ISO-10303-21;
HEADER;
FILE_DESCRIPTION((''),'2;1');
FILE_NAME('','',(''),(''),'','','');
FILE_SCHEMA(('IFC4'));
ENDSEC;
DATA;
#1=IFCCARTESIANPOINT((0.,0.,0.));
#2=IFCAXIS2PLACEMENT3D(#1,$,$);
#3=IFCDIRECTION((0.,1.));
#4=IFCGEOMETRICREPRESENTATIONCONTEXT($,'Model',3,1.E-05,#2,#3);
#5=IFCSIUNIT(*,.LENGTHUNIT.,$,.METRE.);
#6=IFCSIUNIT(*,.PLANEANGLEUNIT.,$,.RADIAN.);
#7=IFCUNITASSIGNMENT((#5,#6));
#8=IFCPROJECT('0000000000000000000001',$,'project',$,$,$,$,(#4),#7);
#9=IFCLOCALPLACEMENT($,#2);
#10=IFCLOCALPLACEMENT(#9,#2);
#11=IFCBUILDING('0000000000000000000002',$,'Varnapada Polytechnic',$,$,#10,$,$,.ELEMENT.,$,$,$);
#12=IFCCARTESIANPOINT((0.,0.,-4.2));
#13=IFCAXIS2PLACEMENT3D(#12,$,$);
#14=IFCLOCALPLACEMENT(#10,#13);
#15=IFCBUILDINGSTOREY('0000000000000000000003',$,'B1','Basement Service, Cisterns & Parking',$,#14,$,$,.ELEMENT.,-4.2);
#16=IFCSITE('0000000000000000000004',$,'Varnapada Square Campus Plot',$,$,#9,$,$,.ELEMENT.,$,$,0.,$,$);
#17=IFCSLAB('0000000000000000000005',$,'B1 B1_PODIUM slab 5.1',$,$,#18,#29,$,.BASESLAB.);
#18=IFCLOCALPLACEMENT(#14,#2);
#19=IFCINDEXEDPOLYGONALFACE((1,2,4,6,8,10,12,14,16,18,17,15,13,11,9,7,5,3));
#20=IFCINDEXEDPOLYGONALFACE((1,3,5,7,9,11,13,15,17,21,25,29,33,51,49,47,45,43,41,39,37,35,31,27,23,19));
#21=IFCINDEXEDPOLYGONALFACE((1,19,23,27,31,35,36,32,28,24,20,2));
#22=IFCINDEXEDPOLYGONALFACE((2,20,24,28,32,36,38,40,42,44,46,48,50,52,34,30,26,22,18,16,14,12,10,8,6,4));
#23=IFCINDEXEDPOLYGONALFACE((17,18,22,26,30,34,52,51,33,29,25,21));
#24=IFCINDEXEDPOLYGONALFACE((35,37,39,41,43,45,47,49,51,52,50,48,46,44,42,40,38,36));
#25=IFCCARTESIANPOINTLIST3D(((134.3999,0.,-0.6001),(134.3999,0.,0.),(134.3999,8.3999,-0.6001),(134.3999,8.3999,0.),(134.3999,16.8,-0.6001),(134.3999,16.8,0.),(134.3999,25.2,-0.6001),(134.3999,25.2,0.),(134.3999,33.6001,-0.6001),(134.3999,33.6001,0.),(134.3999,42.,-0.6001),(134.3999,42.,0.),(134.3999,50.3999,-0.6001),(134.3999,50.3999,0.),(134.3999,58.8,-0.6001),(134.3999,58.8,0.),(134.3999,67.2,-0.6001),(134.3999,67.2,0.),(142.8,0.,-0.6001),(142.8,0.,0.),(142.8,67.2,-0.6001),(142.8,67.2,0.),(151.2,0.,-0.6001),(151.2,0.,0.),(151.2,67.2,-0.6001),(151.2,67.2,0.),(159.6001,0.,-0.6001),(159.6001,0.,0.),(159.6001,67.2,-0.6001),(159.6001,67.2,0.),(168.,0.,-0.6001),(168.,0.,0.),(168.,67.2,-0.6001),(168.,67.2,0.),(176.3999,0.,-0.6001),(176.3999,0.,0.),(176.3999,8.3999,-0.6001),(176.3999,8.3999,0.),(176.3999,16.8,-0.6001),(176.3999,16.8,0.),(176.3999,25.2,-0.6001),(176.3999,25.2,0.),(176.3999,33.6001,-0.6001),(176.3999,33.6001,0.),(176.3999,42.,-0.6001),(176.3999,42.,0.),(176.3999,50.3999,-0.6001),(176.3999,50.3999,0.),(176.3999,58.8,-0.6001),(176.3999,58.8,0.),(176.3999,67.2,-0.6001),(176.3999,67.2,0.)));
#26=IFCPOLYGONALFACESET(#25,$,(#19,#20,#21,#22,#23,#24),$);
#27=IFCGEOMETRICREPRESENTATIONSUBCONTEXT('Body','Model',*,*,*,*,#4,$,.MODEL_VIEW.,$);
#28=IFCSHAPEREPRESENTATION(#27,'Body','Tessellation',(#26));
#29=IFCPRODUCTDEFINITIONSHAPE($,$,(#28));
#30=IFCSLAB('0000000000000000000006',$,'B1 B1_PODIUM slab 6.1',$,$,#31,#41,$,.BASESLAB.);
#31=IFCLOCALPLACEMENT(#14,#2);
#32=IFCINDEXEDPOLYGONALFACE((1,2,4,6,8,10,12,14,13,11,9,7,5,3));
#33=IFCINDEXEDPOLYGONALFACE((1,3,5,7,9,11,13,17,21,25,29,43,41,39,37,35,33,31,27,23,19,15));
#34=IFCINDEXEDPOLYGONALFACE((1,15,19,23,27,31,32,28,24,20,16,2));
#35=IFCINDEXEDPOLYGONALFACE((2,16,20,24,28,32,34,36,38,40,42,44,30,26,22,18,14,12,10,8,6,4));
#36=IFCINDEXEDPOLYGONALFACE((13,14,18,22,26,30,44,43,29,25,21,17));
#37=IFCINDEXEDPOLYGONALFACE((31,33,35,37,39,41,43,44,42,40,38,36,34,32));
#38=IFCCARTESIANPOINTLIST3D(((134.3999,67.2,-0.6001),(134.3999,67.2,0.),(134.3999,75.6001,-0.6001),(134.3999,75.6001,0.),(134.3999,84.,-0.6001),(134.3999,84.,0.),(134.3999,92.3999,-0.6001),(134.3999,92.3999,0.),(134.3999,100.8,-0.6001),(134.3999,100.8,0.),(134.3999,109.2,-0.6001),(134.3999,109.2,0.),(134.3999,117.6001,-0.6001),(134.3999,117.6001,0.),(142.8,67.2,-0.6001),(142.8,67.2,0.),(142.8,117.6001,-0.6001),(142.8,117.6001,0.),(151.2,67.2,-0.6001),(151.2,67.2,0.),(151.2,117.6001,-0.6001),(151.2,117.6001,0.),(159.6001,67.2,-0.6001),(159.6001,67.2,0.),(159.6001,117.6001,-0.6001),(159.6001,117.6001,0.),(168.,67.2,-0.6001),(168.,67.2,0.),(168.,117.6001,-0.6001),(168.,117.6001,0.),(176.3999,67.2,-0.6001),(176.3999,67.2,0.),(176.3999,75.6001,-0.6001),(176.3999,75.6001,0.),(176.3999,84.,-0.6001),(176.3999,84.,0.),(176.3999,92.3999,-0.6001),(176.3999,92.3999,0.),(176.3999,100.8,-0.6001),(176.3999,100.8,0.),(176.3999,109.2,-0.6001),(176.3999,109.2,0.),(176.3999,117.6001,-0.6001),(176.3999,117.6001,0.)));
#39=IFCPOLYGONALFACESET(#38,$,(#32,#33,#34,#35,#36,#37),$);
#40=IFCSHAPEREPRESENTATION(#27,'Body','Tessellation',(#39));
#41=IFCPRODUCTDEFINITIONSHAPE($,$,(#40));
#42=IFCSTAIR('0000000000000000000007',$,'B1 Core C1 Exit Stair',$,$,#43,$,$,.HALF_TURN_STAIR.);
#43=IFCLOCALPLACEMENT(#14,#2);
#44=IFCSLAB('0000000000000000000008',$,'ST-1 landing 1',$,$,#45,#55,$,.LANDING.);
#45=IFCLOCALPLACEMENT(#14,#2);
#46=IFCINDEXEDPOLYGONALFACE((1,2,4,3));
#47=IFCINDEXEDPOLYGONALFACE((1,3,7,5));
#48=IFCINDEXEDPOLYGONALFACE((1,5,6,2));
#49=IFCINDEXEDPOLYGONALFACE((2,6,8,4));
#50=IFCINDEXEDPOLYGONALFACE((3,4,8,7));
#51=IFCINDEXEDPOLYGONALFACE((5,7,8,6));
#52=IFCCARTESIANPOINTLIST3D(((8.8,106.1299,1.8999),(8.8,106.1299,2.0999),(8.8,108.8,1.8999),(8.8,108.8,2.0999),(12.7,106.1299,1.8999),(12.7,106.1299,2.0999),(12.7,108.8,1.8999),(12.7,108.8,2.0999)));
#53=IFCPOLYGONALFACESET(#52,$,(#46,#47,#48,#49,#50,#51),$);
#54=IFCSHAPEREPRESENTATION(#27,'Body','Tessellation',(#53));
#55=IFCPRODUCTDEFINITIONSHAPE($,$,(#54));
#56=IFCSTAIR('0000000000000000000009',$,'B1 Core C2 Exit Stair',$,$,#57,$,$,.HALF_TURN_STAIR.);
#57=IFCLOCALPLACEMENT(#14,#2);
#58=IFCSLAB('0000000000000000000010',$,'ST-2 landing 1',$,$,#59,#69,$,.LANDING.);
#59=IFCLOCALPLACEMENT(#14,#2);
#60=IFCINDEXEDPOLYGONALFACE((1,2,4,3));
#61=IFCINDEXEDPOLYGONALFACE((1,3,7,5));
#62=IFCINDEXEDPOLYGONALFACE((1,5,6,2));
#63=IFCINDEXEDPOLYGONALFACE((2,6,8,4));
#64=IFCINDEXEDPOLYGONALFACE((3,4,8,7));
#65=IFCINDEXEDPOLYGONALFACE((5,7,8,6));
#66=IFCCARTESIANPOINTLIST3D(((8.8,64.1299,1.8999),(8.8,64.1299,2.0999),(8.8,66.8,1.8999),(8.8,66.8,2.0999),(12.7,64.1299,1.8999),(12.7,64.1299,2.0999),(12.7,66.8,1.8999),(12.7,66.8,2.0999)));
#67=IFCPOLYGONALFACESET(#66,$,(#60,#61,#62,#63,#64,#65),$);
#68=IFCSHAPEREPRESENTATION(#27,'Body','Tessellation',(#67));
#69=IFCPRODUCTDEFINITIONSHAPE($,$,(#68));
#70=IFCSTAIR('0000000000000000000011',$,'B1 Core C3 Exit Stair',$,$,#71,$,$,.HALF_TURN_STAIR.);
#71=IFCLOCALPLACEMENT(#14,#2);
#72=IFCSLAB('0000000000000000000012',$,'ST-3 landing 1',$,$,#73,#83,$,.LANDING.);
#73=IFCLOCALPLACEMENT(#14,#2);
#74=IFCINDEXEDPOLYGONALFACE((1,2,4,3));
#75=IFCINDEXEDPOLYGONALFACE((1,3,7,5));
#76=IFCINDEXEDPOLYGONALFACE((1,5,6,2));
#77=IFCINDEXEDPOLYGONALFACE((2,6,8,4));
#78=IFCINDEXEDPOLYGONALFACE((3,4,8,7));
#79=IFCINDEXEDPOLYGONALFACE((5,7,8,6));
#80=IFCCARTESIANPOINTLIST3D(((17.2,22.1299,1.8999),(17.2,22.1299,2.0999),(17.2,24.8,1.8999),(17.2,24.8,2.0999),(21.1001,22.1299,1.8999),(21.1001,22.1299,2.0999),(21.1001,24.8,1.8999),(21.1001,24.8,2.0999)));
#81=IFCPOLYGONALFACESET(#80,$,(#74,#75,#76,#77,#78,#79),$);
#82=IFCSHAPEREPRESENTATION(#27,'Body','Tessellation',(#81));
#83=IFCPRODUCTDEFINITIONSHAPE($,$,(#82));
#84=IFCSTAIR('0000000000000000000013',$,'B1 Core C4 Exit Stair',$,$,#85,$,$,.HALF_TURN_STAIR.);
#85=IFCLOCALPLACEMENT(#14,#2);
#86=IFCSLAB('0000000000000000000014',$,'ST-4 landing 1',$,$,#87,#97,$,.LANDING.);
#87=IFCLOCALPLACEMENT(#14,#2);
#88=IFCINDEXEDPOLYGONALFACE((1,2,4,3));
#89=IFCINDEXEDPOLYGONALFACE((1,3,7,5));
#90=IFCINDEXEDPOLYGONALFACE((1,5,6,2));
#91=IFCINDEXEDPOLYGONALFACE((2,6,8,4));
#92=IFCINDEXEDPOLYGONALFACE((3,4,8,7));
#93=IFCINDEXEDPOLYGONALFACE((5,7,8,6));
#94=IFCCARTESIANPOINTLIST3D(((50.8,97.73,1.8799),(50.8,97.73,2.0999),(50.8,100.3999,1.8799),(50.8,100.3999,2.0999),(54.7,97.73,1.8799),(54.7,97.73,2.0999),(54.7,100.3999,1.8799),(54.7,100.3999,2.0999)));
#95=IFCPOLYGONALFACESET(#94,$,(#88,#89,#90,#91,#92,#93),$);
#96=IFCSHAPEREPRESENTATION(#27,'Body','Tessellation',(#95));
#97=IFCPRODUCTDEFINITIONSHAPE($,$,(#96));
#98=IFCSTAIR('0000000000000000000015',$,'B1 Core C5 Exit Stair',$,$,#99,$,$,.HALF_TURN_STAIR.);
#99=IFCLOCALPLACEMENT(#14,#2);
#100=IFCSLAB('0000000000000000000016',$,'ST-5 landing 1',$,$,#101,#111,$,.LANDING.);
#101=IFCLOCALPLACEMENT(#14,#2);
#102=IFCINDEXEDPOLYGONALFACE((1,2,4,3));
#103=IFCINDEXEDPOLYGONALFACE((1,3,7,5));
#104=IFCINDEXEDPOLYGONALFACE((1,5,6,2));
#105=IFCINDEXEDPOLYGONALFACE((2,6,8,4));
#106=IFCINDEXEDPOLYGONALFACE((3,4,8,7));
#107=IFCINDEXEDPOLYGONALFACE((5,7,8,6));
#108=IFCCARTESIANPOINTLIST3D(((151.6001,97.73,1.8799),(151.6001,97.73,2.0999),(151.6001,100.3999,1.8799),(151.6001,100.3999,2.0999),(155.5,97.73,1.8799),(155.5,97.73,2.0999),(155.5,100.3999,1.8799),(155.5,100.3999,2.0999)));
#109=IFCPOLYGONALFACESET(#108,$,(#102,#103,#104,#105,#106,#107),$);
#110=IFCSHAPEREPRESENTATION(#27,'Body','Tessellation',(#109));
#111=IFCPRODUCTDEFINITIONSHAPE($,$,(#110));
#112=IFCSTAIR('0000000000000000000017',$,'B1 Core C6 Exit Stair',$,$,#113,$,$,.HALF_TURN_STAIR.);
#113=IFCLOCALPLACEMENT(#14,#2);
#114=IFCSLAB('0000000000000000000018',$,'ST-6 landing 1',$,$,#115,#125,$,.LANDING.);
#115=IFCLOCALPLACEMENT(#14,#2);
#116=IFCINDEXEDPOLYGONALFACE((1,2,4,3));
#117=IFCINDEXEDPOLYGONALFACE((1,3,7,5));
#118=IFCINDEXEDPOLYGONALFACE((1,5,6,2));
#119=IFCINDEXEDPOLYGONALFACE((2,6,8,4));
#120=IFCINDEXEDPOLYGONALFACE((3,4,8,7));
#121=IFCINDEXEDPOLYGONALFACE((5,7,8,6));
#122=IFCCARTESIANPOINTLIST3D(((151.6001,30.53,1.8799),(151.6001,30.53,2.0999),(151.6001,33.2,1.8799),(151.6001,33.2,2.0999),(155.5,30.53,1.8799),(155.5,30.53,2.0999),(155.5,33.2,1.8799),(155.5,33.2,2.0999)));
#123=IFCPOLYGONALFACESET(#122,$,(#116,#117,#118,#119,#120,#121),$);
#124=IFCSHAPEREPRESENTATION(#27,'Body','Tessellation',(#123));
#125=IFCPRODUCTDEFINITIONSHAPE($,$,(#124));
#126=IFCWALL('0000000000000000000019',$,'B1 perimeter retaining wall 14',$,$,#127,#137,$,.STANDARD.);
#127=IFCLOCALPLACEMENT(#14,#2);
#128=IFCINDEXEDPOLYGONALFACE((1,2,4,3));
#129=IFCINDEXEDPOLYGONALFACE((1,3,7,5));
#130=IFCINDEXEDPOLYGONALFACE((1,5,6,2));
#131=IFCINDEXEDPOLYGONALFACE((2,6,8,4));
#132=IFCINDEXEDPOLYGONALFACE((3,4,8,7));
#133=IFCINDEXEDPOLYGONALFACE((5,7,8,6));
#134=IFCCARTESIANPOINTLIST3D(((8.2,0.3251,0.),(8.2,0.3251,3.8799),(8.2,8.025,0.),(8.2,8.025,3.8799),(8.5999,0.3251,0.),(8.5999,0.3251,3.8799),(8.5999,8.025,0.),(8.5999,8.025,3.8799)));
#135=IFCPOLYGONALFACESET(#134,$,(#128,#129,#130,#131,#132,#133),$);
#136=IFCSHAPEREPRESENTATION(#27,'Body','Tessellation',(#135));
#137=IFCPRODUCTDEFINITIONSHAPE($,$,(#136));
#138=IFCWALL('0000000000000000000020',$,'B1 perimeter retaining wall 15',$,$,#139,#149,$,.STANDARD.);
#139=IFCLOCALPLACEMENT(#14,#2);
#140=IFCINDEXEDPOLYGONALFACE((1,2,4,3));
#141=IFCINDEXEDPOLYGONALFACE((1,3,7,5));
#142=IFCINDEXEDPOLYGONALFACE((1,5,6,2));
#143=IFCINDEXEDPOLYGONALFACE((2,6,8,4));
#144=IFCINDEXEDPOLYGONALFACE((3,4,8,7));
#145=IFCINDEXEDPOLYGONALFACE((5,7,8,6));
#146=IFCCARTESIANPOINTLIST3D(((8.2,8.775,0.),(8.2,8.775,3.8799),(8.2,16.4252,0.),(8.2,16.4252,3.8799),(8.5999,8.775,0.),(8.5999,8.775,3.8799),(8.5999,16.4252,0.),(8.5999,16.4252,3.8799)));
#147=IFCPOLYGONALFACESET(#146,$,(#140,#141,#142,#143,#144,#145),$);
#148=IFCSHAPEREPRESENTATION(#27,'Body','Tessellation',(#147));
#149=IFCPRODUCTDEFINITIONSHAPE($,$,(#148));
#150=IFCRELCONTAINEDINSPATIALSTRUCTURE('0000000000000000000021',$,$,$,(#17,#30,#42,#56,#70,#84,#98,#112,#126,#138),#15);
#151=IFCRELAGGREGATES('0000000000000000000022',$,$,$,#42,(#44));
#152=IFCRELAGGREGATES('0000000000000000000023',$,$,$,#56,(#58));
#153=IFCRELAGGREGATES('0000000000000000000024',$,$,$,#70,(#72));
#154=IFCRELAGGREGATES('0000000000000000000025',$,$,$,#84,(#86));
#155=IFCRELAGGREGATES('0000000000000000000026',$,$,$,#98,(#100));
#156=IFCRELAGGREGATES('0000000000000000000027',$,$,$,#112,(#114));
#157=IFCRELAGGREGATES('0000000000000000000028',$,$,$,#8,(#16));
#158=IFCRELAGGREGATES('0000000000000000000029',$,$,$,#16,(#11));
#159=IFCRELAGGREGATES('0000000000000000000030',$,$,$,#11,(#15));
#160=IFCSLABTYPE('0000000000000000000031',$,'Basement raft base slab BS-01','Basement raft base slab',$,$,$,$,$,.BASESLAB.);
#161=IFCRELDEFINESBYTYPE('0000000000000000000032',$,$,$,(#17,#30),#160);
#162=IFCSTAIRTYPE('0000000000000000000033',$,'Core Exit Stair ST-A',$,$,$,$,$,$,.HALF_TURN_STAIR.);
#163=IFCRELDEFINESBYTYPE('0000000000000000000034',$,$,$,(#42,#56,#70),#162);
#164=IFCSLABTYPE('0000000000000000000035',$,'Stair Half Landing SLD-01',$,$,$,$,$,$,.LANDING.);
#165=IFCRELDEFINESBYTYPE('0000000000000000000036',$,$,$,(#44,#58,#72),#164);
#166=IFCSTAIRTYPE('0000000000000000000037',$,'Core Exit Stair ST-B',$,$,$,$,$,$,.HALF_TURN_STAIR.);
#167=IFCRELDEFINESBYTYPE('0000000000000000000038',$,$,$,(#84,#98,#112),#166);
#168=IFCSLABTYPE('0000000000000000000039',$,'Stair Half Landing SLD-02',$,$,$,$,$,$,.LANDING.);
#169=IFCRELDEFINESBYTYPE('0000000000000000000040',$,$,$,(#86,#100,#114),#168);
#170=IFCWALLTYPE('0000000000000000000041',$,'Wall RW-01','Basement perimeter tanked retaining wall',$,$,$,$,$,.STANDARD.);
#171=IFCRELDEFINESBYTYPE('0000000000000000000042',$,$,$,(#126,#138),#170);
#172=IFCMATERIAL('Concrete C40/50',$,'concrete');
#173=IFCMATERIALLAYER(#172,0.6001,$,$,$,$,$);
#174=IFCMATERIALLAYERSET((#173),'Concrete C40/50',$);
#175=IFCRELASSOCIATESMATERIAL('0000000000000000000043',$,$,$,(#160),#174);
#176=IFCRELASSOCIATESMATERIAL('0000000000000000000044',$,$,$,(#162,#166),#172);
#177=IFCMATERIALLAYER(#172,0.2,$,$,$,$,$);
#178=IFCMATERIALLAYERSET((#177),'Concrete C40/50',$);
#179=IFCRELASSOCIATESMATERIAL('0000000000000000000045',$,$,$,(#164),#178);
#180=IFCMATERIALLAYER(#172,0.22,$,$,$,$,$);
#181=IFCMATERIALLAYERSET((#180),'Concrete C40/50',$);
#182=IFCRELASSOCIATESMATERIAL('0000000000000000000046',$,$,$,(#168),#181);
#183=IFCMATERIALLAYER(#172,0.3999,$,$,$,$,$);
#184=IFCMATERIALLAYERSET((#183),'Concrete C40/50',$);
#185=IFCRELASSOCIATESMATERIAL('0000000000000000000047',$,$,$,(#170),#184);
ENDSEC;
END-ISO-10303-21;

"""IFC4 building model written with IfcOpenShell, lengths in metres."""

from ifc_helpers import new_model, si_unit, direction, frame, frame_2d, origin, place, context, subcontext, project, spatial, polyline, rectangle, outline, extrude, material, layer, layer_set, type_object, element, aggregate, save


model = new_model("IFC4")

# Units and contexts
model_context = context("Model", 3, precision=1e-05, world=origin(), true_north=direction((0.0, 1.0)))
body_context = subcontext(model_context, "Body", "Model", "MODEL_VIEW")
ifc_project = project(units=[si_unit("LENGTHUNIT", "METRE"), si_unit("PLANEANGLEUNIT", "RADIAN")], contexts=[model_context])

# Site, building, storey
site_placement = place(None, origin())
site = spatial("IfcSite", under=ifc_project, at=site_placement, Name="Varnapada Square Campus Plot", CompositionType="ELEMENT", RefElevation=0.0)
building_placement = place(site_placement, origin())
building = spatial("IfcBuilding", under=site, at=building_placement, Name="Varnapada Polytechnic", CompositionType="ELEMENT")
storey_placement = place(building_placement, frame((0.0, 0.0, -4.2)))
storey = spatial("IfcBuildingStorey", under=building, at=storey_placement, Name="B1", Description="Basement Service, Cisterns & Parking", CompositionType="ELEMENT", Elevation=-4.2)

# Shared definitions
ifc_material = material(Name="Concrete C40/50", Category="concrete")

# Slabs
ifc_layer_1 = layer(ifc_material, 0.6001)
ifc_layer_set_1 = layer_set([ifc_layer_1], Name="Concrete C40/50")
slab_type_1 = type_object("IfcSlabType", Name="Basement raft base slab BS-01", Description="Basement raft base slab", PredefinedType="BASESLAB", material=ifc_layer_set_1)
slab_1_placement = place(storey_placement, frame((0.0, 0.0, -0.6001)))
element("IfcSlab", 1, at=slab_1_placement, inside=storey, type_object=slab_type_1, Name="B1 B1_PODIUM slab 5.1", PredefinedType="BASESLAB", context=body_context, shape_type="SweptSolid", body=[
    extrude(outline(polyline([(134.3999, 33.6001), (134.3999, 42.0), (134.3999, 50.3999), (134.3999, 58.8), (134.3999, 67.2), (142.8, 67.2), (151.2, 67.2), (159.6001, 67.2), (168.0, 67.2), (176.3999, 67.2), (176.3999, 58.8), (176.3999, 50.3999), (176.3999, 42.0), (176.3999, 33.6001), (176.3999, 25.2), (176.3999, 16.8), (176.3999, 8.3999), (176.3999, 0.0), (168.0, 0.0), (159.6001, 0.0), (151.2, 0.0), (142.8, 0.0), (134.3999, 0.0), (134.3999, 8.3999), (134.3999, 16.8), (134.3999, 25.2), (134.3999, 33.6001)])), origin(), (0.0, 0.0, 1.0), 0.6001),
])
slab_2_placement = place(storey_placement, frame((0.0, 0.0, -0.6001)))
element("IfcSlab", 2, at=slab_2_placement, inside=storey, type_object=slab_type_1, Name="B1 B1_PODIUM slab 6.1", PredefinedType="BASESLAB", context=body_context, shape_type="SweptSolid", body=[
    extrude(outline(polyline([(134.3999, 92.3999), (134.3999, 100.8), (134.3999, 109.2), (134.3999, 117.6001), (142.8, 117.6001), (151.2, 117.6001), (159.6001, 117.6001), (168.0, 117.6001), (176.3999, 117.6001), (176.3999, 109.2), (176.3999, 100.8), (176.3999, 92.3999), (176.3999, 84.0), (176.3999, 75.6001), (176.3999, 67.2), (168.0, 67.2), (159.6001, 67.2), (151.2, 67.2), (142.8, 67.2), (134.3999, 67.2), (134.3999, 75.6001), (134.3999, 84.0), (134.3999, 92.3999)])), origin(), (0.0, 0.0, 1.0), 0.6001),
])

# Stairs, slabs
stair_type_1 = type_object("IfcStairType", Name="Core Exit Stair ST-A", PredefinedType="HALF_TURN_STAIR", material=ifc_material)
stair_1_placement = place(storey_placement, origin())
stair_1 = element("IfcStair", 3, at=stair_1_placement, inside=storey, type_object=stair_type_1, Name="B1 Core C1 Exit Stair", PredefinedType="HALF_TURN_STAIR")
ifc_layer_2 = layer(ifc_material, 0.2)
ifc_layer_set_2 = layer_set([ifc_layer_2], Name="Concrete C40/50")
slab_type_2 = type_object("IfcSlabType", Name="Stair Half Landing SLD-01", PredefinedType="LANDING", material=ifc_layer_set_2)
slab_3_placement = place(storey_placement, frame((0.0, 0.0, 1.8999)))
slab_3 = element("IfcSlab", 4, at=slab_3_placement, type_object=slab_type_2, Name="ST-1 landing 1", PredefinedType="LANDING", context=body_context, shape_type="SweptSolid", body=[
    extrude(outline(polyline([(12.7, 106.1299), (12.7, 108.8), (8.8, 108.8), (8.8, 106.1299), (12.7, 106.1299)])), origin(), (0.0, 0.0, 1.0), 0.2),
])
aggregate(stair_1, [slab_3])
stair_2_placement = place(storey_placement, origin())
stair_2 = element("IfcStair", 5, at=stair_2_placement, inside=storey, type_object=stair_type_1, Name="B1 Core C2 Exit Stair", PredefinedType="HALF_TURN_STAIR")
slab_4_placement = place(storey_placement, frame((0.0, 0.0, 1.8999)))
slab_4 = element("IfcSlab", 6, at=slab_4_placement, type_object=slab_type_2, Name="ST-2 landing 1", PredefinedType="LANDING", context=body_context, shape_type="SweptSolid", body=[
    extrude(outline(polyline([(12.7, 64.1299), (12.7, 66.8), (8.8, 66.8), (8.8, 64.1299), (12.7, 64.1299)])), origin(), (0.0, 0.0, 1.0), 0.2),
])
aggregate(stair_2, [slab_4])
stair_3_placement = place(storey_placement, origin())
stair_3 = element("IfcStair", 7, at=stair_3_placement, inside=storey, type_object=stair_type_1, Name="B1 Core C3 Exit Stair", PredefinedType="HALF_TURN_STAIR")
slab_5_placement = place(storey_placement, frame((0.0, 0.0, 1.8999)))
slab_5 = element("IfcSlab", 8, at=slab_5_placement, type_object=slab_type_2, Name="ST-3 landing 1", PredefinedType="LANDING", context=body_context, shape_type="SweptSolid", body=[
    extrude(outline(polyline([(21.1001, 22.1299), (21.1001, 24.8), (17.2, 24.8), (17.2, 22.1299), (21.1001, 22.1299)])), origin(), (0.0, 0.0, 1.0), 0.2),
])
aggregate(stair_3, [slab_5])
stair_type_2 = type_object("IfcStairType", Name="Core Exit Stair ST-B", PredefinedType="HALF_TURN_STAIR", material=ifc_material)
stair_4_placement = place(storey_placement, origin())
stair_4 = element("IfcStair", 9, at=stair_4_placement, inside=storey, type_object=stair_type_2, Name="B1 Core C4 Exit Stair", PredefinedType="HALF_TURN_STAIR")
ifc_layer_3 = layer(ifc_material, 0.22)
ifc_layer_set_3 = layer_set([ifc_layer_3], Name="Concrete C40/50")
slab_type_3 = type_object("IfcSlabType", Name="Stair Half Landing SLD-02", PredefinedType="LANDING", material=ifc_layer_set_3)
slab_6_placement = place(storey_placement, frame((0.0, 0.0, 1.8799)))
slab_6 = element("IfcSlab", 10, at=slab_6_placement, type_object=slab_type_3, Name="ST-4 landing 1", PredefinedType="LANDING", context=body_context, shape_type="SweptSolid", body=[
    extrude(outline(polyline([(54.7, 97.73), (54.7, 100.3999), (50.8, 100.3999), (50.8, 97.73), (54.7, 97.73)])), origin(), (0.0, 0.0, 1.0), 0.22),
])
aggregate(stair_4, [slab_6])
stair_5_placement = place(storey_placement, origin())
stair_5 = element("IfcStair", 11, at=stair_5_placement, inside=storey, type_object=stair_type_2, Name="B1 Core C5 Exit Stair", PredefinedType="HALF_TURN_STAIR")
slab_7_placement = place(storey_placement, frame((0.0, 0.0, 1.8799)))
slab_7 = element("IfcSlab", 12, at=slab_7_placement, type_object=slab_type_3, Name="ST-5 landing 1", PredefinedType="LANDING", context=body_context, shape_type="SweptSolid", body=[
    extrude(outline(polyline([(155.5, 97.73), (155.5, 100.3999), (151.6001, 100.3999), (151.6001, 97.73), (155.5, 97.73)])), origin(), (0.0, 0.0, 1.0), 0.22),
])
aggregate(stair_5, [slab_7])
stair_6_placement = place(storey_placement, origin())
stair_6 = element("IfcStair", 13, at=stair_6_placement, inside=storey, type_object=stair_type_2, Name="B1 Core C6 Exit Stair", PredefinedType="HALF_TURN_STAIR")
slab_8_placement = place(storey_placement, frame((0.0, 0.0, 1.8799)))
slab_8 = element("IfcSlab", 14, at=slab_8_placement, type_object=slab_type_3, Name="ST-6 landing 1", PredefinedType="LANDING", context=body_context, shape_type="SweptSolid", body=[
    extrude(outline(polyline([(155.5, 30.53), (155.5, 33.2), (151.6001, 33.2), (151.6001, 30.53), (155.5, 30.53)])), origin(), (0.0, 0.0, 1.0), 0.22),
])
aggregate(stair_6, [slab_8])

# Walls
ifc_layer_4 = layer(ifc_material, 0.3999)
ifc_layer_set_4 = layer_set([ifc_layer_4], Name="Concrete C40/50")
wall_type = type_object("IfcWallType", Name="Wall RW-01", Description="Basement perimeter tanked retaining wall", PredefinedType="STANDARD", material=ifc_layer_set_4)
wall_1_placement = place(storey_placement, frame((8.3999, 0.325, 0.0), z_axis=(0.0, 0.0, 1.0), x_axis=(0.0, 1.0, 0.0)))
element("IfcWall", 15, at=wall_1_placement, inside=storey, type_object=wall_type, Name="B1 perimeter retaining wall 14", PredefinedType="STANDARD", context=body_context, shape_type="SweptSolid", body=[
    extrude(rectangle(XDim=7.7, YDim=0.3999, at=frame_2d((3.8501, 0.0))), origin(), (0.0, 0.0, 1.0), 3.8799),
])
wall_2_placement = place(storey_placement, frame((8.3999, 8.7749, 0.0), z_axis=(0.0, 0.0, 1.0), x_axis=(0.0, 1.0, 0.0)))
element("IfcWall", 16, at=wall_2_placement, inside=storey, type_object=wall_type, Name="B1 perimeter retaining wall 15", PredefinedType="STANDARD", context=body_context, shape_type="SweptSolid", body=[
    extrude(rectangle(XDim=7.6501, YDim=0.3999, at=frame_2d((3.8252, 0.0))), origin(), (0.0, 0.0, 1.0), 3.8799),
])

save(model, "model.ifc")
